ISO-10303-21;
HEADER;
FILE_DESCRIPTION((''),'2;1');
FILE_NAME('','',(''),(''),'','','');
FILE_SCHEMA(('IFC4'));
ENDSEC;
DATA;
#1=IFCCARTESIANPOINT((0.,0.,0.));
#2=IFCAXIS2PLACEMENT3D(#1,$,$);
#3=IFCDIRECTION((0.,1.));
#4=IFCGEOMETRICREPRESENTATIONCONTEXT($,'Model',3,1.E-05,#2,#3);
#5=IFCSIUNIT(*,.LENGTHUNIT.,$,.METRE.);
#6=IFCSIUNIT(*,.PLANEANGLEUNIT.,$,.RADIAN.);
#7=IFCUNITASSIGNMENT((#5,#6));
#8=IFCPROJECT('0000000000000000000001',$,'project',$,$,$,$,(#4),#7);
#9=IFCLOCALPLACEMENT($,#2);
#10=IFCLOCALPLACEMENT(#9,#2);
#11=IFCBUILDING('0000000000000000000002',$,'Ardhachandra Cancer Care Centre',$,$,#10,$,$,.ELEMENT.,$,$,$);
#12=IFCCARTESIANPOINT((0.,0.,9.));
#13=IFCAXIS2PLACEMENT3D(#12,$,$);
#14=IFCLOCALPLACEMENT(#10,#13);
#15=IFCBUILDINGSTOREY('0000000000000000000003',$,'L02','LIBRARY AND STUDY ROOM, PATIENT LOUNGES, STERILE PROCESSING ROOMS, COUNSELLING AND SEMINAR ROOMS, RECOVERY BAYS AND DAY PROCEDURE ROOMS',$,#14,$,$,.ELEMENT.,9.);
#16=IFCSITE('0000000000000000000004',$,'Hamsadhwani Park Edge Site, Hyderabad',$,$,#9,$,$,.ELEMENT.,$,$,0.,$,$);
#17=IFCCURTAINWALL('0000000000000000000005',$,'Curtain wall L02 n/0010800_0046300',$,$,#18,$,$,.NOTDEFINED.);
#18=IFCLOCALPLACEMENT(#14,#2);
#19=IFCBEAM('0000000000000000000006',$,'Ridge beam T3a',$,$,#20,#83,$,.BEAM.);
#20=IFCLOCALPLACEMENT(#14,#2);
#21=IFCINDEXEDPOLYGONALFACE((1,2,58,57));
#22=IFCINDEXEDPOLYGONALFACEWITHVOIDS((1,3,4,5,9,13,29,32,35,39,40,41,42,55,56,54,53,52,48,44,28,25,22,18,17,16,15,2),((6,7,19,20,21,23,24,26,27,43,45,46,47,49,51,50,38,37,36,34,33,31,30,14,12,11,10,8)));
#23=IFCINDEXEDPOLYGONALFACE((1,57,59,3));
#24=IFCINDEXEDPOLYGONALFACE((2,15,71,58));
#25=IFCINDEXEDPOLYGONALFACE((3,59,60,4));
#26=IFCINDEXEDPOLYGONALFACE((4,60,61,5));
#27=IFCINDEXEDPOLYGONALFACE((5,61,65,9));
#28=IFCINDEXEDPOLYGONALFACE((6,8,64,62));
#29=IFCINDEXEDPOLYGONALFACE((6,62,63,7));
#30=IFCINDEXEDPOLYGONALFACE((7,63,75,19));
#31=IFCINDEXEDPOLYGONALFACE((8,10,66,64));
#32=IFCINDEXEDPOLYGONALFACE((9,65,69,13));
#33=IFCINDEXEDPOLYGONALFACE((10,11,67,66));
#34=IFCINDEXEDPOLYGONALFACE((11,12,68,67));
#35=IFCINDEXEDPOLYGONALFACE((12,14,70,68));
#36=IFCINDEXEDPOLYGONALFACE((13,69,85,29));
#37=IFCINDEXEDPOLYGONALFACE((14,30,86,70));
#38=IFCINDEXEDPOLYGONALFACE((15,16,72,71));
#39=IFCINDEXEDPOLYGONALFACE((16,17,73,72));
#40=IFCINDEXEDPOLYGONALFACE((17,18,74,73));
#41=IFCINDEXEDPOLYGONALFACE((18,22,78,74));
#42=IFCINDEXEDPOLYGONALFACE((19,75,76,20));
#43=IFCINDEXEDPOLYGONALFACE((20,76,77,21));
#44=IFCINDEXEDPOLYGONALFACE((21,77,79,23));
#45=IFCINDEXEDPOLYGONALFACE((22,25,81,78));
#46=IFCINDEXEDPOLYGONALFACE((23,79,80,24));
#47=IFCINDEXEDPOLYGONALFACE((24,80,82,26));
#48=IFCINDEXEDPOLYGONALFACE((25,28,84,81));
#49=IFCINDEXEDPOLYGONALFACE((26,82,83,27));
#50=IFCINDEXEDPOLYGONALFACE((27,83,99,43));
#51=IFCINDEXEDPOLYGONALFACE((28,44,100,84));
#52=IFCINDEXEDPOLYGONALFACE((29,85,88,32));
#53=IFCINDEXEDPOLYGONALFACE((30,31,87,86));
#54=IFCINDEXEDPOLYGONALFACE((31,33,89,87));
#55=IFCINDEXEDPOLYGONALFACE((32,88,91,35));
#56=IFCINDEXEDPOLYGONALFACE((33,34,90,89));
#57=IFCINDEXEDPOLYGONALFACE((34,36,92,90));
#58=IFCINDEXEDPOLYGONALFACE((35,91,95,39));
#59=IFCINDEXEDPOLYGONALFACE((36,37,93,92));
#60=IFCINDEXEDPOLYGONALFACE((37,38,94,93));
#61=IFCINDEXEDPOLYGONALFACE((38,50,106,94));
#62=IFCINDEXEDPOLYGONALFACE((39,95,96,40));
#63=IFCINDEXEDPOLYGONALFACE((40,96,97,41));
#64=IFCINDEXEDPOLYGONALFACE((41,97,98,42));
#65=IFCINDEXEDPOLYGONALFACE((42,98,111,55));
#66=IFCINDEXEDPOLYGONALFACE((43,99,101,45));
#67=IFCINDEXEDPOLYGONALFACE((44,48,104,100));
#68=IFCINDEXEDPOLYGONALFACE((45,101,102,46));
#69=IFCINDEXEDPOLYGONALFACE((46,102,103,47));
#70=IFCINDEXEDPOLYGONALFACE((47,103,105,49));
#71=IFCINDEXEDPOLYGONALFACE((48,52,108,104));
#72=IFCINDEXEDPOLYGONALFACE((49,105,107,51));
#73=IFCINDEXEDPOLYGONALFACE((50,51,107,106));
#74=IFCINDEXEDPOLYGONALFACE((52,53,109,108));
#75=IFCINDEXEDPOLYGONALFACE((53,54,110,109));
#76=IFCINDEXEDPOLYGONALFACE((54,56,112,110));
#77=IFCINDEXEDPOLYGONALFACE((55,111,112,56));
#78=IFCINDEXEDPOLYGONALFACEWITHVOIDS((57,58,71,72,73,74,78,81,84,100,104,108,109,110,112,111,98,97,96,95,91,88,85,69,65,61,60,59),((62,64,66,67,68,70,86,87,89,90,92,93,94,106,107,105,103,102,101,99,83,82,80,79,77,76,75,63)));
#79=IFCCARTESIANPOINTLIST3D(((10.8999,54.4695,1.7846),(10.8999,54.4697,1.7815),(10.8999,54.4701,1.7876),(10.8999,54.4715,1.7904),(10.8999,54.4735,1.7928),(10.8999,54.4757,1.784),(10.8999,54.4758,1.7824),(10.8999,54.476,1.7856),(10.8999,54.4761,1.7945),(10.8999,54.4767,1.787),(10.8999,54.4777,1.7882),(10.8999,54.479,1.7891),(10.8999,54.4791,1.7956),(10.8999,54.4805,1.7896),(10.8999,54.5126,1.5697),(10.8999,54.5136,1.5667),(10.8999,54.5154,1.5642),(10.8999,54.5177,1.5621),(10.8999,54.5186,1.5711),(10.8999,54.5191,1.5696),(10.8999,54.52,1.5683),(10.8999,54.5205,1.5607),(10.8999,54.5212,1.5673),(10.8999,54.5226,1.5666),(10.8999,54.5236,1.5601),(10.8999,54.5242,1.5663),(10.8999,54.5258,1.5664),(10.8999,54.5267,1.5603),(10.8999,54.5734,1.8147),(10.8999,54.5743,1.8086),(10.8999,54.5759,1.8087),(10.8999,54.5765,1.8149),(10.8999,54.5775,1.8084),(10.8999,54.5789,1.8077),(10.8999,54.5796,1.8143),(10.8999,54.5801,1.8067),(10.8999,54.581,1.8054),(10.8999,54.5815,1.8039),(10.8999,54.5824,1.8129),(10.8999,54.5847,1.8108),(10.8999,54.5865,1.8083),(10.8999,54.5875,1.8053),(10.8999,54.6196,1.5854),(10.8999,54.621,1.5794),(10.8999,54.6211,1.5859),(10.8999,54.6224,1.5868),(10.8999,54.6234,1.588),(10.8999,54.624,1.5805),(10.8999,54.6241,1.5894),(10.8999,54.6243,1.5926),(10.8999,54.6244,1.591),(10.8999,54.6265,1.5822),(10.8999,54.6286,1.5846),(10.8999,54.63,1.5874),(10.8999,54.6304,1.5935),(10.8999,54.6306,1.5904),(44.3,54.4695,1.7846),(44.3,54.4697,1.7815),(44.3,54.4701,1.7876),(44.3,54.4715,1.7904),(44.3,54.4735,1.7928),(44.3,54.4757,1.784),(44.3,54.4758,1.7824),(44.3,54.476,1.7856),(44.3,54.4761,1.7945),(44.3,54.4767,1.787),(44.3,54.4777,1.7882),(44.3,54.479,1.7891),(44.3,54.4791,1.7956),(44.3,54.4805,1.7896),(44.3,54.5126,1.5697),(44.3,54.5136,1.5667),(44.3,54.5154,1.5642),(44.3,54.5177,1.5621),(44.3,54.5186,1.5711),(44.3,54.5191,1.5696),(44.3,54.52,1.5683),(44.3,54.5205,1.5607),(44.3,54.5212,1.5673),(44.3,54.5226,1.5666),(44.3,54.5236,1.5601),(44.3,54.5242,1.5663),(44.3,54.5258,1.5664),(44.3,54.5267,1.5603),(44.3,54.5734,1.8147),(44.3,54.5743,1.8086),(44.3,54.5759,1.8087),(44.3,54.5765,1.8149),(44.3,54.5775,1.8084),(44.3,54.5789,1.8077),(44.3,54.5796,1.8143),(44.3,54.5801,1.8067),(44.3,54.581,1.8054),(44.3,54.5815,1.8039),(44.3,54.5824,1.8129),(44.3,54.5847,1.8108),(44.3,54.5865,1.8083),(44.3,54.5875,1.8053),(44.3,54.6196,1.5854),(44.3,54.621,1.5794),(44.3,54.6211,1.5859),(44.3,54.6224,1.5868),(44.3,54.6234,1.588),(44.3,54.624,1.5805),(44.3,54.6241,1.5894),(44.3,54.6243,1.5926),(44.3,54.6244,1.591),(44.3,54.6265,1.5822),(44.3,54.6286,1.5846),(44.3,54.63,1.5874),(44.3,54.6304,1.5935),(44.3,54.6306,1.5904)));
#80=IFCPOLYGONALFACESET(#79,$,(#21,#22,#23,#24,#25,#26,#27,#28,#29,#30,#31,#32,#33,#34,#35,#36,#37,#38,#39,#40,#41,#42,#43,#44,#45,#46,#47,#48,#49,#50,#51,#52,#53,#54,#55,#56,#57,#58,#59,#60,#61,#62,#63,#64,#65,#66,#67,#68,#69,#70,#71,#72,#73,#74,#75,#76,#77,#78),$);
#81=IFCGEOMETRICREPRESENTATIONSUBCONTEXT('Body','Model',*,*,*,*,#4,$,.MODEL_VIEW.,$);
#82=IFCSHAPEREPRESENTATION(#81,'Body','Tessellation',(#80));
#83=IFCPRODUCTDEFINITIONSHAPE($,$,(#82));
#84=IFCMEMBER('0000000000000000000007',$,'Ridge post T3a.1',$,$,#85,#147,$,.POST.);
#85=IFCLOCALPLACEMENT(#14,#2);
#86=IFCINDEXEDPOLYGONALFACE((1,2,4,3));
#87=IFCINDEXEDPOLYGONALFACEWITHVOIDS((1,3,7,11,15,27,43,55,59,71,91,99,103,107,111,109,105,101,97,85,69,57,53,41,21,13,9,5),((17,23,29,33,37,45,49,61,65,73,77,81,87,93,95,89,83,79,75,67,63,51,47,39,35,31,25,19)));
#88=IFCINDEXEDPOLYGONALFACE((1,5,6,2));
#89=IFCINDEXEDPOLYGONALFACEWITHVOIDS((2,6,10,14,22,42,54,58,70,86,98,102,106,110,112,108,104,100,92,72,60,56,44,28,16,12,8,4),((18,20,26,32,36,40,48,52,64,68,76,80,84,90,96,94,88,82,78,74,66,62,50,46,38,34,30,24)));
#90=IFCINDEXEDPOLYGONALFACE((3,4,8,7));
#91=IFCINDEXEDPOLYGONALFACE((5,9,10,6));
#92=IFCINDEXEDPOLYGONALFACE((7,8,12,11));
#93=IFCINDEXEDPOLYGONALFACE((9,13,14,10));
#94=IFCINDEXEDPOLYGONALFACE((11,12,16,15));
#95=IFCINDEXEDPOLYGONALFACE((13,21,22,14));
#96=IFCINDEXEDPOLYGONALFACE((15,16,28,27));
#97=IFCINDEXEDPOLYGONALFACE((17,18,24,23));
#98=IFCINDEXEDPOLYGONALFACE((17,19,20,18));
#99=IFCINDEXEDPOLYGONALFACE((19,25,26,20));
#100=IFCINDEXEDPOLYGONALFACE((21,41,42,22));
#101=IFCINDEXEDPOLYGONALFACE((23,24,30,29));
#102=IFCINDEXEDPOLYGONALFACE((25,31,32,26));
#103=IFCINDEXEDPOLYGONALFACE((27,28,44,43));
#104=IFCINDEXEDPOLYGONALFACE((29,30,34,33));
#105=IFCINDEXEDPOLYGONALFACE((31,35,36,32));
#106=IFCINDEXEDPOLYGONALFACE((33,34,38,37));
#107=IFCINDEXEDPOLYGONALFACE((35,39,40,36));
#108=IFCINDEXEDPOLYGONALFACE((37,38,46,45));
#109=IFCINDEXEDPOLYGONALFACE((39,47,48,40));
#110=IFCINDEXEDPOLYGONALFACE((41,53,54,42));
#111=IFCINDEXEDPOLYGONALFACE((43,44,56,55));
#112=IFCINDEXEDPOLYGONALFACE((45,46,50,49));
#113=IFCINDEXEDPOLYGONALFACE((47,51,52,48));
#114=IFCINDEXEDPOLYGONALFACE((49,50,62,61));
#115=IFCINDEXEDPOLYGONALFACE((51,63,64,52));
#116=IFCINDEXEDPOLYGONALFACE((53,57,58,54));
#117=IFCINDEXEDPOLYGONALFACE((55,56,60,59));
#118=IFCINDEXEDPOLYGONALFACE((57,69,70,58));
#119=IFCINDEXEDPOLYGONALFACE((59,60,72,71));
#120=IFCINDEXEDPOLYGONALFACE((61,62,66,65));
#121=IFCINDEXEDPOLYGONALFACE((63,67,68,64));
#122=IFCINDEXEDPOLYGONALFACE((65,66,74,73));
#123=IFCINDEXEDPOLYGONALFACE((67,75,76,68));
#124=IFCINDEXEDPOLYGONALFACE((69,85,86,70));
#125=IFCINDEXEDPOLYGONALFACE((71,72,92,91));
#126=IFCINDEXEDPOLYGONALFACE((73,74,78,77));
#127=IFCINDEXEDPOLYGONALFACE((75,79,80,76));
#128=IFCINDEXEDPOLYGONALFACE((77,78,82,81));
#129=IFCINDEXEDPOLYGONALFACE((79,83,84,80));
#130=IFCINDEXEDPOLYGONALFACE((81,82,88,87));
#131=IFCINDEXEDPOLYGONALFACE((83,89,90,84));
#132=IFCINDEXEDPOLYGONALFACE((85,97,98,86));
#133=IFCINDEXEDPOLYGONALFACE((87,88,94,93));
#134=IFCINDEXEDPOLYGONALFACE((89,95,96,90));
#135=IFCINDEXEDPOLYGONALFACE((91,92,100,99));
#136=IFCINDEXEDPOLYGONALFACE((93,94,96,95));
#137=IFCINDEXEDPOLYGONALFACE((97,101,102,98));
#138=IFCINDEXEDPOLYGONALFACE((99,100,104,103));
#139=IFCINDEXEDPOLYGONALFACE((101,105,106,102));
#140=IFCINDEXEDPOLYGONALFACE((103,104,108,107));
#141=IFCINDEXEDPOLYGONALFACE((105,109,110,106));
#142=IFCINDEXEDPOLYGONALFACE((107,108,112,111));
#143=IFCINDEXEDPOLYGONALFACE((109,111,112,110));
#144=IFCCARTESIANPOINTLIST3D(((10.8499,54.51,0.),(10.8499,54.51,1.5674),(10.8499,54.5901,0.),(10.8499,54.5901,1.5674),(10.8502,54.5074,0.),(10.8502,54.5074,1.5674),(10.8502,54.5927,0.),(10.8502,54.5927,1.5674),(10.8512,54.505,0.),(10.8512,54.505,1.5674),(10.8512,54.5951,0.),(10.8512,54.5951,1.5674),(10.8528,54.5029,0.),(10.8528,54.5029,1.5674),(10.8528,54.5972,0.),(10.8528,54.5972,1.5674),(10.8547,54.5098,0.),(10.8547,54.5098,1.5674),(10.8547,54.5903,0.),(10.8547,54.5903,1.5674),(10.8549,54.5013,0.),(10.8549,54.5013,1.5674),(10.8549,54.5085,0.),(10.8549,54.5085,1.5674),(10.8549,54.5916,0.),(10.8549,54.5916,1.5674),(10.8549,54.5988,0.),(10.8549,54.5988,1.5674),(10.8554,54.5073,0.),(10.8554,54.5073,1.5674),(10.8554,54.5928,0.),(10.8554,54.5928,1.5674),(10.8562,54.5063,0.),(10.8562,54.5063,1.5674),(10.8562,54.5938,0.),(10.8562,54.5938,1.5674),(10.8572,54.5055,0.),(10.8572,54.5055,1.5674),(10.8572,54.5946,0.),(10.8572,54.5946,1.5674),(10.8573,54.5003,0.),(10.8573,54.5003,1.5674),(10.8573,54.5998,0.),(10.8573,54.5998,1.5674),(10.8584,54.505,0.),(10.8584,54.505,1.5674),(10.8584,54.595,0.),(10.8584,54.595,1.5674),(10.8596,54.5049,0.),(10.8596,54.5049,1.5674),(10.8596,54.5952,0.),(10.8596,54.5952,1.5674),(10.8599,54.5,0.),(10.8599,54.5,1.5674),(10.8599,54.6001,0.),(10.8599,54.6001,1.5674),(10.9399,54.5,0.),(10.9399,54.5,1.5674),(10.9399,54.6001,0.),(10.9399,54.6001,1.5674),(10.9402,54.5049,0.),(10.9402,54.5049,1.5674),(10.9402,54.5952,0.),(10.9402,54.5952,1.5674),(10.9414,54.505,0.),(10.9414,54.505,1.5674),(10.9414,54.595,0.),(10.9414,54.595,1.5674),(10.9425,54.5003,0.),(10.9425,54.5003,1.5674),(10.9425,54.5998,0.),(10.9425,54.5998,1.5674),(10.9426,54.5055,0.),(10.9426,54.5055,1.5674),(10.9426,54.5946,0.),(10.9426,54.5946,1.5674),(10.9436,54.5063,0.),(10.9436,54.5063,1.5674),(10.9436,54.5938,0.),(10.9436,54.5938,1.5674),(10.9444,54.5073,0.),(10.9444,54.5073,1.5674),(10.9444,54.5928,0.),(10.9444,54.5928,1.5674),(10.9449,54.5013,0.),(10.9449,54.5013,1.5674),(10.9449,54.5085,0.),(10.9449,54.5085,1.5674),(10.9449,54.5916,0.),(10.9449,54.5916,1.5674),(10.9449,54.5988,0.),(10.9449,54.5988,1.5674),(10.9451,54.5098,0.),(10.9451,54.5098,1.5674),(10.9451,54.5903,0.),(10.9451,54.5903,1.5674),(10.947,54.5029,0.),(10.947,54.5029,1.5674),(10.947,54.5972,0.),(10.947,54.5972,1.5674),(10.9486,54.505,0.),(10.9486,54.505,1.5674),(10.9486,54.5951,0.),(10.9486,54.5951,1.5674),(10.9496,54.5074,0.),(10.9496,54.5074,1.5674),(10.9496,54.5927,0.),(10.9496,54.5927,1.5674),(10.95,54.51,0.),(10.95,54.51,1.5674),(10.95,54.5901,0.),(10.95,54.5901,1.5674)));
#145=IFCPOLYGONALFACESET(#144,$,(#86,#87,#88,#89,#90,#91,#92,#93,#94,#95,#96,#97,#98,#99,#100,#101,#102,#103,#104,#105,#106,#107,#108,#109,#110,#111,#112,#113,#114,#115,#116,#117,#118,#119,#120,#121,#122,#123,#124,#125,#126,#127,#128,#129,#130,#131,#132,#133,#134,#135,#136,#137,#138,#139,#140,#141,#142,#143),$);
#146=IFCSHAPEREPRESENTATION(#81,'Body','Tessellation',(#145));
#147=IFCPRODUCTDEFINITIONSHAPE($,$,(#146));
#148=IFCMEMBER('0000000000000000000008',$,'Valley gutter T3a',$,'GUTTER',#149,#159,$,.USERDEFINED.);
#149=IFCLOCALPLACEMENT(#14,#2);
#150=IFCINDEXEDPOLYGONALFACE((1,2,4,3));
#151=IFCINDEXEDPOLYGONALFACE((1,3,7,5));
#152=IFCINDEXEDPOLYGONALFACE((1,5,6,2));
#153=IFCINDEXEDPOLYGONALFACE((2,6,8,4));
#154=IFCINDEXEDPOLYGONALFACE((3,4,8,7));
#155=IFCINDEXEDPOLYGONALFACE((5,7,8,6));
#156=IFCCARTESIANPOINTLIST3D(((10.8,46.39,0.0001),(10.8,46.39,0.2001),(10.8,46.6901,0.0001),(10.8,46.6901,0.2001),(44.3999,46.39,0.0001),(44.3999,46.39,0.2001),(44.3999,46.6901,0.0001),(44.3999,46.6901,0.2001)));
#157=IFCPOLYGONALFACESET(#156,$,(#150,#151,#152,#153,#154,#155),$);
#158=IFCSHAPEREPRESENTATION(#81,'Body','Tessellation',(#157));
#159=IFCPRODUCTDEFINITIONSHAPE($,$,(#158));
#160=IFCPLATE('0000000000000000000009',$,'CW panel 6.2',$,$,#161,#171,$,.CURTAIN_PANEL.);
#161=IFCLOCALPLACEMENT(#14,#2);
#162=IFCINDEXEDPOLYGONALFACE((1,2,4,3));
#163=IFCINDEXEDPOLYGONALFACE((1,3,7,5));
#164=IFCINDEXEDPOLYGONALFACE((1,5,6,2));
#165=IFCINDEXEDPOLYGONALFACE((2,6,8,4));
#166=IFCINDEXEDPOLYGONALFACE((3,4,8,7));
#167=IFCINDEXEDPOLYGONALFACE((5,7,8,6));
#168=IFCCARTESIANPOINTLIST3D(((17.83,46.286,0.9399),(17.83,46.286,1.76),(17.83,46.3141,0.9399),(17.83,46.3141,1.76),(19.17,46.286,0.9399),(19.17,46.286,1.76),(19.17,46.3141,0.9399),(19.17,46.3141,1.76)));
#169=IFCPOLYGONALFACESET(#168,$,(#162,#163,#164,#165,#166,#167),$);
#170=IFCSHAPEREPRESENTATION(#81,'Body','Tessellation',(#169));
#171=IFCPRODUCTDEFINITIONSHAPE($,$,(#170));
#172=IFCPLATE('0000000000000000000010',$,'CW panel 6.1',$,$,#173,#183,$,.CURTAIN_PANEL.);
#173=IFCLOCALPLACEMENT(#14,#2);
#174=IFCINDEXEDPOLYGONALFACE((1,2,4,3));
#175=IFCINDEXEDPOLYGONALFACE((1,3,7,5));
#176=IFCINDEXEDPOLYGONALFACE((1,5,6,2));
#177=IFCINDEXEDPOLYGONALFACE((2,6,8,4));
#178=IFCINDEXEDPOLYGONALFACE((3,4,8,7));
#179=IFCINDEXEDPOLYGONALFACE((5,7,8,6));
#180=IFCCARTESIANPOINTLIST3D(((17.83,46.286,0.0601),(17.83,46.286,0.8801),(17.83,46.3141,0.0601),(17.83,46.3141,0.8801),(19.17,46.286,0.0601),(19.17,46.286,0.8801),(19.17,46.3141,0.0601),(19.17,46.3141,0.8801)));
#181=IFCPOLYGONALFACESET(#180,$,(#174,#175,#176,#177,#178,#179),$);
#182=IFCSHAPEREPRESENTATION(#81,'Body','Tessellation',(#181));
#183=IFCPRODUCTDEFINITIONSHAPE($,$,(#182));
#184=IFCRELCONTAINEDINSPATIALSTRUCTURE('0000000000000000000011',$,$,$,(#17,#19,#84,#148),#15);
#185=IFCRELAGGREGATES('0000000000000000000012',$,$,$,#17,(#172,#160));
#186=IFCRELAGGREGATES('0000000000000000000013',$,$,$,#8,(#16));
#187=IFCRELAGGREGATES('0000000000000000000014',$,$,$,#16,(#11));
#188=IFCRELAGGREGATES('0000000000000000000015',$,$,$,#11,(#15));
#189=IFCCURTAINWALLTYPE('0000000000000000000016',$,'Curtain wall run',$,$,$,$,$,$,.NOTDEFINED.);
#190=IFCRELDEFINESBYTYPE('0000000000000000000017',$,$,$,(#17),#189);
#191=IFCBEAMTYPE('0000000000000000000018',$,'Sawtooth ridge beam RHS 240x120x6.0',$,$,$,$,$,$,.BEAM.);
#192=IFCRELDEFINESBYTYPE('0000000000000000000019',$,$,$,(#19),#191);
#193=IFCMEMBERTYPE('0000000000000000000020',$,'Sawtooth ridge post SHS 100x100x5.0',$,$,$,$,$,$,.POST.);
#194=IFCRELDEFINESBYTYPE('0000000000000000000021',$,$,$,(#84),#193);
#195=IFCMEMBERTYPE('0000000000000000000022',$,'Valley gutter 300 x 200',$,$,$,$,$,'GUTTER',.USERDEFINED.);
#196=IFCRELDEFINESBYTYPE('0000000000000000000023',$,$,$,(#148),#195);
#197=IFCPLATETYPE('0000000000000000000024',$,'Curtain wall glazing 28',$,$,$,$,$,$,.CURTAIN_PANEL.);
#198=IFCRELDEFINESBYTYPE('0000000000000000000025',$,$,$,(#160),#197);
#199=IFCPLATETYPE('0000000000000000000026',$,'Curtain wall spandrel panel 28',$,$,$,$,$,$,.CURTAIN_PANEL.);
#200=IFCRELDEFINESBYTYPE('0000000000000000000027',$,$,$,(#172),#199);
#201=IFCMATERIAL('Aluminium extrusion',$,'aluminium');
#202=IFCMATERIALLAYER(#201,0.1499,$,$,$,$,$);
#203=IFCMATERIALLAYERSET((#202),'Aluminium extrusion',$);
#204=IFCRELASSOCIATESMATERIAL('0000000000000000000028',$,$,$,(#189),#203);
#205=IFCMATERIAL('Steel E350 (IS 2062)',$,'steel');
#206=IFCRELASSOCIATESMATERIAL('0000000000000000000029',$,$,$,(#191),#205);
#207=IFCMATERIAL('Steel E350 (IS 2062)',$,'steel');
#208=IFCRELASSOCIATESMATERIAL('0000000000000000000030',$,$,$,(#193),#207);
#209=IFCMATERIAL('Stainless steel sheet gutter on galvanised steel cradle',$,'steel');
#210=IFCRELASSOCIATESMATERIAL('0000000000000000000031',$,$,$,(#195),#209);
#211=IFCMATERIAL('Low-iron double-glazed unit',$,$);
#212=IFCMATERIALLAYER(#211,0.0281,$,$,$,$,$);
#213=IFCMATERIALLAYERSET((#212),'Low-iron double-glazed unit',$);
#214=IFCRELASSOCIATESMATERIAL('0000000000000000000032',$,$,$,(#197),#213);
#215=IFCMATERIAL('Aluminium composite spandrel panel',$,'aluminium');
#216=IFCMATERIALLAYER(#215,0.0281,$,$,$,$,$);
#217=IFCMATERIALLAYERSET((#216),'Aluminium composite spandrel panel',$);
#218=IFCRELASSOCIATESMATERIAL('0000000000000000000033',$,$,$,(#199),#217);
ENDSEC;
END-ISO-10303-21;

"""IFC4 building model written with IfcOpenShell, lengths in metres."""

from ifc_helpers import new_model, si_unit, direction, frame, origin, origin_2d, place, context, subcontext, project, spatial, rectangle, hollow_rectangle, extrude, material, layer, layer_set, material_profile, profile_set, type_object, element, aggregate, save


model = new_model("IFC4")

# Units and contexts
model_context = context("Model", 3, precision=1e-05, world=origin(), true_north=direction((0.0, 1.0)))
body_context = subcontext(model_context, "Body", "Model", "MODEL_VIEW")
ifc_project = project(units=[si_unit("LENGTHUNIT", "METRE"), si_unit("PLANEANGLEUNIT", "RADIAN")], contexts=[model_context])

# Site, building, storey
site_placement = place(None, origin())
site = spatial("IfcSite", under=ifc_project, at=site_placement, Name="Hamsadhwani Park Edge Site, Hyderabad", CompositionType="ELEMENT", RefElevation=0.0)
building_placement = place(site_placement, origin())
building = spatial("IfcBuilding", under=site, at=building_placement, Name="Ardhachandra Cancer Care Centre", CompositionType="ELEMENT")
storey_placement = place(building_placement, frame((0.0, 0.0, 9.0)))
storey = spatial("IfcBuildingStorey", under=building, at=storey_placement, Name="L02", Description="LIBRARY AND STUDY ROOM, PATIENT LOUNGES, STERILE PROCESSING ROOMS, COUNSELLING AND SEMINAR ROOMS, RECOVERY BAYS AND DAY PROCEDURE ROOMS", CompositionType="ELEMENT", Elevation=9.0)

# Curtain wall
ifc_material_1 = material(Name="Aluminium extrusion", Category="aluminium")
ifc_layer_1 = layer(ifc_material_1, 0.1499)
ifc_layer_set_1 = layer_set([ifc_layer_1], Name="Aluminium extrusion")
curtain_wall_type = type_object("IfcCurtainWallType", Name="Curtain wall run", PredefinedType="NOTDEFINED", material=ifc_layer_set_1)
curtain_wall_placement = place(storey_placement, origin())
curtain_wall = element("IfcCurtainWall", 1, at=curtain_wall_placement, inside=storey, type_object=curtain_wall_type, Name="Curtain wall L02 n/0010800_0046300", PredefinedType="NOTDEFINED")

# Beam
ifc_material_2 = material(Name="Steel E350 (IS 2062)", Category="steel")
ifc_material_profile_1 = material_profile(ifc_material_2, hollow_rectangle(XDim=0.1201, YDim=0.24, WallThickness=0.0061, InnerFilletRadius=0.0061, OuterFilletRadius=0.012, at=origin_2d()), Name="RHS 240x120x6.0")
ifc_profile_set_1 = profile_set([ifc_material_profile_1], Name="Steel E350 (IS 2062)")
beam_type_1 = type_object("IfcBeamType", Name="Sawtooth ridge beam RHS 240x120x6.0", PredefinedType="BEAM", material=ifc_profile_set_1)
beam_1_placement = place(storey_placement, frame((10.8999, 54.55, 1.6875), z_axis=(1.0, 0.0, 0.0), x_axis=(0.0, 0.980107, 0.198472)))
element("IfcBeam", 2, at=beam_1_placement, inside=storey, type_object=beam_type_1, Name="Ridge beam T3a", PredefinedType="BEAM", context=body_context, shape_type="SweptSolid", body=[
    extrude(hollow_rectangle(XDim=0.1201, YDim=0.24, WallThickness=0.0061, InnerFilletRadius=0.0061, OuterFilletRadius=0.012, at=origin_2d()), origin(), (0.0, 0.0, 1.0), 33.4001),
])

# Members
ifc_material_3 = material(Name="Steel E350 (IS 2062)", Category="steel")
ifc_material_profile_2 = material_profile(ifc_material_3, hollow_rectangle(XDim=0.1001, YDim=0.1001, WallThickness=0.0049, InnerFilletRadius=0.0049, OuterFilletRadius=0.01, at=origin_2d()), Name="SHS 100x100x5.0")
ifc_profile_set_2 = profile_set([ifc_material_profile_2], Name="Steel E350 (IS 2062)")
member_type_1 = type_object("IfcMemberType", Name="Sawtooth ridge post SHS 100x100x5.0", PredefinedType="POST", material=ifc_profile_set_2)
member_1_placement = place(storey_placement, frame((10.8999, 54.55, 0.0), z_axis=(0.0, 0.0, 1.0), x_axis=(1.0, 0.0, 0.0)))
element("IfcMember", 3, at=member_1_placement, inside=storey, type_object=member_type_1, Name="Ridge post T3a.1", PredefinedType="POST", context=body_context, shape_type="SweptSolid", body=[
    extrude(hollow_rectangle(XDim=0.1001, YDim=0.1001, WallThickness=0.0049, InnerFilletRadius=0.0049, OuterFilletRadius=0.01, at=origin_2d()), origin(), (0.0, 0.0, 1.0), 1.5674),
])
ifc_material_4 = material(Name="Stainless steel sheet gutter on galvanised steel cradle", Category="steel")
ifc_material_profile_3 = material_profile(ifc_material_4, rectangle(XDim=0.3, YDim=0.2, at=origin_2d()), Name="Valley gutter 300 x 200")
ifc_profile_set_3 = profile_set([ifc_material_profile_3], Name="Stainless steel sheet gutter on galvanised steel cradle")
member_type_2 = type_object("IfcMemberType", Name="Valley gutter 300 x 200", ElementType="GUTTER", PredefinedType="USERDEFINED", material=ifc_profile_set_3)
member_2_placement = place(storey_placement, frame((10.8, 46.54, 0.1001), z_axis=(1.0, 0.0, 0.0), x_axis=(0.0, 1.0, 0.0)))
element("IfcMember", 4, at=member_2_placement, inside=storey, type_object=member_type_2, Name="Valley gutter T3a", ObjectType="GUTTER", PredefinedType="USERDEFINED", context=body_context, shape_type="SweptSolid", body=[
    extrude(rectangle(XDim=0.3, YDim=0.2, at=origin_2d()), origin(), (0.0, 0.0, 1.0), 33.5999),
])

# Plates
ifc_material_5 = material(Name="Low-iron double-glazed unit")
ifc_layer_2 = layer(ifc_material_5, 0.0281)
ifc_layer_set_2 = layer_set([ifc_layer_2], Name="Low-iron double-glazed unit")
plate_type_1 = type_object("IfcPlateType", Name="Curtain wall glazing 28", PredefinedType="CURTAIN_PANEL", material=ifc_layer_set_2)
plate_1_placement = place(storey_placement, frame((18.5, 46.3, 0.9399), z_axis=(0.0, 0.0, 1.0), x_axis=(1.0, 0.0, 0.0)))
plate_1 = element("IfcPlate", 5, at=plate_1_placement, type_object=plate_type_1, Name="CW panel 6.2", PredefinedType="CURTAIN_PANEL", context=body_context, shape_type="SweptSolid", body=[
    extrude(rectangle(XDim=1.3401, YDim=0.0281, at=origin_2d()), origin(), (0.0, 0.0, 1.0), 0.8201),
])
ifc_material_6 = material(Name="Aluminium composite spandrel panel", Category="aluminium")
ifc_layer_3 = layer(ifc_material_6, 0.0281)
ifc_layer_set_3 = layer_set([ifc_layer_3], Name="Aluminium composite spandrel panel")
plate_type_2 = type_object("IfcPlateType", Name="Curtain wall spandrel panel 28", PredefinedType="CURTAIN_PANEL", material=ifc_layer_set_3)
plate_2_placement = place(storey_placement, frame((18.5, 46.3, 0.0601), z_axis=(0.0, 0.0, 1.0), x_axis=(1.0, 0.0, 0.0)))
plate_2 = element("IfcPlate", 6, at=plate_2_placement, type_object=plate_type_2, Name="CW panel 6.1", PredefinedType="CURTAIN_PANEL", context=body_context, shape_type="SweptSolid", body=[
    extrude(rectangle(XDim=1.3401, YDim=0.0281, at=origin_2d()), origin(), (0.0, 0.0, 1.0), 0.8201),
])
aggregate(curtain_wall, [plate_2, plate_1])

save(model, "model.ifc")
